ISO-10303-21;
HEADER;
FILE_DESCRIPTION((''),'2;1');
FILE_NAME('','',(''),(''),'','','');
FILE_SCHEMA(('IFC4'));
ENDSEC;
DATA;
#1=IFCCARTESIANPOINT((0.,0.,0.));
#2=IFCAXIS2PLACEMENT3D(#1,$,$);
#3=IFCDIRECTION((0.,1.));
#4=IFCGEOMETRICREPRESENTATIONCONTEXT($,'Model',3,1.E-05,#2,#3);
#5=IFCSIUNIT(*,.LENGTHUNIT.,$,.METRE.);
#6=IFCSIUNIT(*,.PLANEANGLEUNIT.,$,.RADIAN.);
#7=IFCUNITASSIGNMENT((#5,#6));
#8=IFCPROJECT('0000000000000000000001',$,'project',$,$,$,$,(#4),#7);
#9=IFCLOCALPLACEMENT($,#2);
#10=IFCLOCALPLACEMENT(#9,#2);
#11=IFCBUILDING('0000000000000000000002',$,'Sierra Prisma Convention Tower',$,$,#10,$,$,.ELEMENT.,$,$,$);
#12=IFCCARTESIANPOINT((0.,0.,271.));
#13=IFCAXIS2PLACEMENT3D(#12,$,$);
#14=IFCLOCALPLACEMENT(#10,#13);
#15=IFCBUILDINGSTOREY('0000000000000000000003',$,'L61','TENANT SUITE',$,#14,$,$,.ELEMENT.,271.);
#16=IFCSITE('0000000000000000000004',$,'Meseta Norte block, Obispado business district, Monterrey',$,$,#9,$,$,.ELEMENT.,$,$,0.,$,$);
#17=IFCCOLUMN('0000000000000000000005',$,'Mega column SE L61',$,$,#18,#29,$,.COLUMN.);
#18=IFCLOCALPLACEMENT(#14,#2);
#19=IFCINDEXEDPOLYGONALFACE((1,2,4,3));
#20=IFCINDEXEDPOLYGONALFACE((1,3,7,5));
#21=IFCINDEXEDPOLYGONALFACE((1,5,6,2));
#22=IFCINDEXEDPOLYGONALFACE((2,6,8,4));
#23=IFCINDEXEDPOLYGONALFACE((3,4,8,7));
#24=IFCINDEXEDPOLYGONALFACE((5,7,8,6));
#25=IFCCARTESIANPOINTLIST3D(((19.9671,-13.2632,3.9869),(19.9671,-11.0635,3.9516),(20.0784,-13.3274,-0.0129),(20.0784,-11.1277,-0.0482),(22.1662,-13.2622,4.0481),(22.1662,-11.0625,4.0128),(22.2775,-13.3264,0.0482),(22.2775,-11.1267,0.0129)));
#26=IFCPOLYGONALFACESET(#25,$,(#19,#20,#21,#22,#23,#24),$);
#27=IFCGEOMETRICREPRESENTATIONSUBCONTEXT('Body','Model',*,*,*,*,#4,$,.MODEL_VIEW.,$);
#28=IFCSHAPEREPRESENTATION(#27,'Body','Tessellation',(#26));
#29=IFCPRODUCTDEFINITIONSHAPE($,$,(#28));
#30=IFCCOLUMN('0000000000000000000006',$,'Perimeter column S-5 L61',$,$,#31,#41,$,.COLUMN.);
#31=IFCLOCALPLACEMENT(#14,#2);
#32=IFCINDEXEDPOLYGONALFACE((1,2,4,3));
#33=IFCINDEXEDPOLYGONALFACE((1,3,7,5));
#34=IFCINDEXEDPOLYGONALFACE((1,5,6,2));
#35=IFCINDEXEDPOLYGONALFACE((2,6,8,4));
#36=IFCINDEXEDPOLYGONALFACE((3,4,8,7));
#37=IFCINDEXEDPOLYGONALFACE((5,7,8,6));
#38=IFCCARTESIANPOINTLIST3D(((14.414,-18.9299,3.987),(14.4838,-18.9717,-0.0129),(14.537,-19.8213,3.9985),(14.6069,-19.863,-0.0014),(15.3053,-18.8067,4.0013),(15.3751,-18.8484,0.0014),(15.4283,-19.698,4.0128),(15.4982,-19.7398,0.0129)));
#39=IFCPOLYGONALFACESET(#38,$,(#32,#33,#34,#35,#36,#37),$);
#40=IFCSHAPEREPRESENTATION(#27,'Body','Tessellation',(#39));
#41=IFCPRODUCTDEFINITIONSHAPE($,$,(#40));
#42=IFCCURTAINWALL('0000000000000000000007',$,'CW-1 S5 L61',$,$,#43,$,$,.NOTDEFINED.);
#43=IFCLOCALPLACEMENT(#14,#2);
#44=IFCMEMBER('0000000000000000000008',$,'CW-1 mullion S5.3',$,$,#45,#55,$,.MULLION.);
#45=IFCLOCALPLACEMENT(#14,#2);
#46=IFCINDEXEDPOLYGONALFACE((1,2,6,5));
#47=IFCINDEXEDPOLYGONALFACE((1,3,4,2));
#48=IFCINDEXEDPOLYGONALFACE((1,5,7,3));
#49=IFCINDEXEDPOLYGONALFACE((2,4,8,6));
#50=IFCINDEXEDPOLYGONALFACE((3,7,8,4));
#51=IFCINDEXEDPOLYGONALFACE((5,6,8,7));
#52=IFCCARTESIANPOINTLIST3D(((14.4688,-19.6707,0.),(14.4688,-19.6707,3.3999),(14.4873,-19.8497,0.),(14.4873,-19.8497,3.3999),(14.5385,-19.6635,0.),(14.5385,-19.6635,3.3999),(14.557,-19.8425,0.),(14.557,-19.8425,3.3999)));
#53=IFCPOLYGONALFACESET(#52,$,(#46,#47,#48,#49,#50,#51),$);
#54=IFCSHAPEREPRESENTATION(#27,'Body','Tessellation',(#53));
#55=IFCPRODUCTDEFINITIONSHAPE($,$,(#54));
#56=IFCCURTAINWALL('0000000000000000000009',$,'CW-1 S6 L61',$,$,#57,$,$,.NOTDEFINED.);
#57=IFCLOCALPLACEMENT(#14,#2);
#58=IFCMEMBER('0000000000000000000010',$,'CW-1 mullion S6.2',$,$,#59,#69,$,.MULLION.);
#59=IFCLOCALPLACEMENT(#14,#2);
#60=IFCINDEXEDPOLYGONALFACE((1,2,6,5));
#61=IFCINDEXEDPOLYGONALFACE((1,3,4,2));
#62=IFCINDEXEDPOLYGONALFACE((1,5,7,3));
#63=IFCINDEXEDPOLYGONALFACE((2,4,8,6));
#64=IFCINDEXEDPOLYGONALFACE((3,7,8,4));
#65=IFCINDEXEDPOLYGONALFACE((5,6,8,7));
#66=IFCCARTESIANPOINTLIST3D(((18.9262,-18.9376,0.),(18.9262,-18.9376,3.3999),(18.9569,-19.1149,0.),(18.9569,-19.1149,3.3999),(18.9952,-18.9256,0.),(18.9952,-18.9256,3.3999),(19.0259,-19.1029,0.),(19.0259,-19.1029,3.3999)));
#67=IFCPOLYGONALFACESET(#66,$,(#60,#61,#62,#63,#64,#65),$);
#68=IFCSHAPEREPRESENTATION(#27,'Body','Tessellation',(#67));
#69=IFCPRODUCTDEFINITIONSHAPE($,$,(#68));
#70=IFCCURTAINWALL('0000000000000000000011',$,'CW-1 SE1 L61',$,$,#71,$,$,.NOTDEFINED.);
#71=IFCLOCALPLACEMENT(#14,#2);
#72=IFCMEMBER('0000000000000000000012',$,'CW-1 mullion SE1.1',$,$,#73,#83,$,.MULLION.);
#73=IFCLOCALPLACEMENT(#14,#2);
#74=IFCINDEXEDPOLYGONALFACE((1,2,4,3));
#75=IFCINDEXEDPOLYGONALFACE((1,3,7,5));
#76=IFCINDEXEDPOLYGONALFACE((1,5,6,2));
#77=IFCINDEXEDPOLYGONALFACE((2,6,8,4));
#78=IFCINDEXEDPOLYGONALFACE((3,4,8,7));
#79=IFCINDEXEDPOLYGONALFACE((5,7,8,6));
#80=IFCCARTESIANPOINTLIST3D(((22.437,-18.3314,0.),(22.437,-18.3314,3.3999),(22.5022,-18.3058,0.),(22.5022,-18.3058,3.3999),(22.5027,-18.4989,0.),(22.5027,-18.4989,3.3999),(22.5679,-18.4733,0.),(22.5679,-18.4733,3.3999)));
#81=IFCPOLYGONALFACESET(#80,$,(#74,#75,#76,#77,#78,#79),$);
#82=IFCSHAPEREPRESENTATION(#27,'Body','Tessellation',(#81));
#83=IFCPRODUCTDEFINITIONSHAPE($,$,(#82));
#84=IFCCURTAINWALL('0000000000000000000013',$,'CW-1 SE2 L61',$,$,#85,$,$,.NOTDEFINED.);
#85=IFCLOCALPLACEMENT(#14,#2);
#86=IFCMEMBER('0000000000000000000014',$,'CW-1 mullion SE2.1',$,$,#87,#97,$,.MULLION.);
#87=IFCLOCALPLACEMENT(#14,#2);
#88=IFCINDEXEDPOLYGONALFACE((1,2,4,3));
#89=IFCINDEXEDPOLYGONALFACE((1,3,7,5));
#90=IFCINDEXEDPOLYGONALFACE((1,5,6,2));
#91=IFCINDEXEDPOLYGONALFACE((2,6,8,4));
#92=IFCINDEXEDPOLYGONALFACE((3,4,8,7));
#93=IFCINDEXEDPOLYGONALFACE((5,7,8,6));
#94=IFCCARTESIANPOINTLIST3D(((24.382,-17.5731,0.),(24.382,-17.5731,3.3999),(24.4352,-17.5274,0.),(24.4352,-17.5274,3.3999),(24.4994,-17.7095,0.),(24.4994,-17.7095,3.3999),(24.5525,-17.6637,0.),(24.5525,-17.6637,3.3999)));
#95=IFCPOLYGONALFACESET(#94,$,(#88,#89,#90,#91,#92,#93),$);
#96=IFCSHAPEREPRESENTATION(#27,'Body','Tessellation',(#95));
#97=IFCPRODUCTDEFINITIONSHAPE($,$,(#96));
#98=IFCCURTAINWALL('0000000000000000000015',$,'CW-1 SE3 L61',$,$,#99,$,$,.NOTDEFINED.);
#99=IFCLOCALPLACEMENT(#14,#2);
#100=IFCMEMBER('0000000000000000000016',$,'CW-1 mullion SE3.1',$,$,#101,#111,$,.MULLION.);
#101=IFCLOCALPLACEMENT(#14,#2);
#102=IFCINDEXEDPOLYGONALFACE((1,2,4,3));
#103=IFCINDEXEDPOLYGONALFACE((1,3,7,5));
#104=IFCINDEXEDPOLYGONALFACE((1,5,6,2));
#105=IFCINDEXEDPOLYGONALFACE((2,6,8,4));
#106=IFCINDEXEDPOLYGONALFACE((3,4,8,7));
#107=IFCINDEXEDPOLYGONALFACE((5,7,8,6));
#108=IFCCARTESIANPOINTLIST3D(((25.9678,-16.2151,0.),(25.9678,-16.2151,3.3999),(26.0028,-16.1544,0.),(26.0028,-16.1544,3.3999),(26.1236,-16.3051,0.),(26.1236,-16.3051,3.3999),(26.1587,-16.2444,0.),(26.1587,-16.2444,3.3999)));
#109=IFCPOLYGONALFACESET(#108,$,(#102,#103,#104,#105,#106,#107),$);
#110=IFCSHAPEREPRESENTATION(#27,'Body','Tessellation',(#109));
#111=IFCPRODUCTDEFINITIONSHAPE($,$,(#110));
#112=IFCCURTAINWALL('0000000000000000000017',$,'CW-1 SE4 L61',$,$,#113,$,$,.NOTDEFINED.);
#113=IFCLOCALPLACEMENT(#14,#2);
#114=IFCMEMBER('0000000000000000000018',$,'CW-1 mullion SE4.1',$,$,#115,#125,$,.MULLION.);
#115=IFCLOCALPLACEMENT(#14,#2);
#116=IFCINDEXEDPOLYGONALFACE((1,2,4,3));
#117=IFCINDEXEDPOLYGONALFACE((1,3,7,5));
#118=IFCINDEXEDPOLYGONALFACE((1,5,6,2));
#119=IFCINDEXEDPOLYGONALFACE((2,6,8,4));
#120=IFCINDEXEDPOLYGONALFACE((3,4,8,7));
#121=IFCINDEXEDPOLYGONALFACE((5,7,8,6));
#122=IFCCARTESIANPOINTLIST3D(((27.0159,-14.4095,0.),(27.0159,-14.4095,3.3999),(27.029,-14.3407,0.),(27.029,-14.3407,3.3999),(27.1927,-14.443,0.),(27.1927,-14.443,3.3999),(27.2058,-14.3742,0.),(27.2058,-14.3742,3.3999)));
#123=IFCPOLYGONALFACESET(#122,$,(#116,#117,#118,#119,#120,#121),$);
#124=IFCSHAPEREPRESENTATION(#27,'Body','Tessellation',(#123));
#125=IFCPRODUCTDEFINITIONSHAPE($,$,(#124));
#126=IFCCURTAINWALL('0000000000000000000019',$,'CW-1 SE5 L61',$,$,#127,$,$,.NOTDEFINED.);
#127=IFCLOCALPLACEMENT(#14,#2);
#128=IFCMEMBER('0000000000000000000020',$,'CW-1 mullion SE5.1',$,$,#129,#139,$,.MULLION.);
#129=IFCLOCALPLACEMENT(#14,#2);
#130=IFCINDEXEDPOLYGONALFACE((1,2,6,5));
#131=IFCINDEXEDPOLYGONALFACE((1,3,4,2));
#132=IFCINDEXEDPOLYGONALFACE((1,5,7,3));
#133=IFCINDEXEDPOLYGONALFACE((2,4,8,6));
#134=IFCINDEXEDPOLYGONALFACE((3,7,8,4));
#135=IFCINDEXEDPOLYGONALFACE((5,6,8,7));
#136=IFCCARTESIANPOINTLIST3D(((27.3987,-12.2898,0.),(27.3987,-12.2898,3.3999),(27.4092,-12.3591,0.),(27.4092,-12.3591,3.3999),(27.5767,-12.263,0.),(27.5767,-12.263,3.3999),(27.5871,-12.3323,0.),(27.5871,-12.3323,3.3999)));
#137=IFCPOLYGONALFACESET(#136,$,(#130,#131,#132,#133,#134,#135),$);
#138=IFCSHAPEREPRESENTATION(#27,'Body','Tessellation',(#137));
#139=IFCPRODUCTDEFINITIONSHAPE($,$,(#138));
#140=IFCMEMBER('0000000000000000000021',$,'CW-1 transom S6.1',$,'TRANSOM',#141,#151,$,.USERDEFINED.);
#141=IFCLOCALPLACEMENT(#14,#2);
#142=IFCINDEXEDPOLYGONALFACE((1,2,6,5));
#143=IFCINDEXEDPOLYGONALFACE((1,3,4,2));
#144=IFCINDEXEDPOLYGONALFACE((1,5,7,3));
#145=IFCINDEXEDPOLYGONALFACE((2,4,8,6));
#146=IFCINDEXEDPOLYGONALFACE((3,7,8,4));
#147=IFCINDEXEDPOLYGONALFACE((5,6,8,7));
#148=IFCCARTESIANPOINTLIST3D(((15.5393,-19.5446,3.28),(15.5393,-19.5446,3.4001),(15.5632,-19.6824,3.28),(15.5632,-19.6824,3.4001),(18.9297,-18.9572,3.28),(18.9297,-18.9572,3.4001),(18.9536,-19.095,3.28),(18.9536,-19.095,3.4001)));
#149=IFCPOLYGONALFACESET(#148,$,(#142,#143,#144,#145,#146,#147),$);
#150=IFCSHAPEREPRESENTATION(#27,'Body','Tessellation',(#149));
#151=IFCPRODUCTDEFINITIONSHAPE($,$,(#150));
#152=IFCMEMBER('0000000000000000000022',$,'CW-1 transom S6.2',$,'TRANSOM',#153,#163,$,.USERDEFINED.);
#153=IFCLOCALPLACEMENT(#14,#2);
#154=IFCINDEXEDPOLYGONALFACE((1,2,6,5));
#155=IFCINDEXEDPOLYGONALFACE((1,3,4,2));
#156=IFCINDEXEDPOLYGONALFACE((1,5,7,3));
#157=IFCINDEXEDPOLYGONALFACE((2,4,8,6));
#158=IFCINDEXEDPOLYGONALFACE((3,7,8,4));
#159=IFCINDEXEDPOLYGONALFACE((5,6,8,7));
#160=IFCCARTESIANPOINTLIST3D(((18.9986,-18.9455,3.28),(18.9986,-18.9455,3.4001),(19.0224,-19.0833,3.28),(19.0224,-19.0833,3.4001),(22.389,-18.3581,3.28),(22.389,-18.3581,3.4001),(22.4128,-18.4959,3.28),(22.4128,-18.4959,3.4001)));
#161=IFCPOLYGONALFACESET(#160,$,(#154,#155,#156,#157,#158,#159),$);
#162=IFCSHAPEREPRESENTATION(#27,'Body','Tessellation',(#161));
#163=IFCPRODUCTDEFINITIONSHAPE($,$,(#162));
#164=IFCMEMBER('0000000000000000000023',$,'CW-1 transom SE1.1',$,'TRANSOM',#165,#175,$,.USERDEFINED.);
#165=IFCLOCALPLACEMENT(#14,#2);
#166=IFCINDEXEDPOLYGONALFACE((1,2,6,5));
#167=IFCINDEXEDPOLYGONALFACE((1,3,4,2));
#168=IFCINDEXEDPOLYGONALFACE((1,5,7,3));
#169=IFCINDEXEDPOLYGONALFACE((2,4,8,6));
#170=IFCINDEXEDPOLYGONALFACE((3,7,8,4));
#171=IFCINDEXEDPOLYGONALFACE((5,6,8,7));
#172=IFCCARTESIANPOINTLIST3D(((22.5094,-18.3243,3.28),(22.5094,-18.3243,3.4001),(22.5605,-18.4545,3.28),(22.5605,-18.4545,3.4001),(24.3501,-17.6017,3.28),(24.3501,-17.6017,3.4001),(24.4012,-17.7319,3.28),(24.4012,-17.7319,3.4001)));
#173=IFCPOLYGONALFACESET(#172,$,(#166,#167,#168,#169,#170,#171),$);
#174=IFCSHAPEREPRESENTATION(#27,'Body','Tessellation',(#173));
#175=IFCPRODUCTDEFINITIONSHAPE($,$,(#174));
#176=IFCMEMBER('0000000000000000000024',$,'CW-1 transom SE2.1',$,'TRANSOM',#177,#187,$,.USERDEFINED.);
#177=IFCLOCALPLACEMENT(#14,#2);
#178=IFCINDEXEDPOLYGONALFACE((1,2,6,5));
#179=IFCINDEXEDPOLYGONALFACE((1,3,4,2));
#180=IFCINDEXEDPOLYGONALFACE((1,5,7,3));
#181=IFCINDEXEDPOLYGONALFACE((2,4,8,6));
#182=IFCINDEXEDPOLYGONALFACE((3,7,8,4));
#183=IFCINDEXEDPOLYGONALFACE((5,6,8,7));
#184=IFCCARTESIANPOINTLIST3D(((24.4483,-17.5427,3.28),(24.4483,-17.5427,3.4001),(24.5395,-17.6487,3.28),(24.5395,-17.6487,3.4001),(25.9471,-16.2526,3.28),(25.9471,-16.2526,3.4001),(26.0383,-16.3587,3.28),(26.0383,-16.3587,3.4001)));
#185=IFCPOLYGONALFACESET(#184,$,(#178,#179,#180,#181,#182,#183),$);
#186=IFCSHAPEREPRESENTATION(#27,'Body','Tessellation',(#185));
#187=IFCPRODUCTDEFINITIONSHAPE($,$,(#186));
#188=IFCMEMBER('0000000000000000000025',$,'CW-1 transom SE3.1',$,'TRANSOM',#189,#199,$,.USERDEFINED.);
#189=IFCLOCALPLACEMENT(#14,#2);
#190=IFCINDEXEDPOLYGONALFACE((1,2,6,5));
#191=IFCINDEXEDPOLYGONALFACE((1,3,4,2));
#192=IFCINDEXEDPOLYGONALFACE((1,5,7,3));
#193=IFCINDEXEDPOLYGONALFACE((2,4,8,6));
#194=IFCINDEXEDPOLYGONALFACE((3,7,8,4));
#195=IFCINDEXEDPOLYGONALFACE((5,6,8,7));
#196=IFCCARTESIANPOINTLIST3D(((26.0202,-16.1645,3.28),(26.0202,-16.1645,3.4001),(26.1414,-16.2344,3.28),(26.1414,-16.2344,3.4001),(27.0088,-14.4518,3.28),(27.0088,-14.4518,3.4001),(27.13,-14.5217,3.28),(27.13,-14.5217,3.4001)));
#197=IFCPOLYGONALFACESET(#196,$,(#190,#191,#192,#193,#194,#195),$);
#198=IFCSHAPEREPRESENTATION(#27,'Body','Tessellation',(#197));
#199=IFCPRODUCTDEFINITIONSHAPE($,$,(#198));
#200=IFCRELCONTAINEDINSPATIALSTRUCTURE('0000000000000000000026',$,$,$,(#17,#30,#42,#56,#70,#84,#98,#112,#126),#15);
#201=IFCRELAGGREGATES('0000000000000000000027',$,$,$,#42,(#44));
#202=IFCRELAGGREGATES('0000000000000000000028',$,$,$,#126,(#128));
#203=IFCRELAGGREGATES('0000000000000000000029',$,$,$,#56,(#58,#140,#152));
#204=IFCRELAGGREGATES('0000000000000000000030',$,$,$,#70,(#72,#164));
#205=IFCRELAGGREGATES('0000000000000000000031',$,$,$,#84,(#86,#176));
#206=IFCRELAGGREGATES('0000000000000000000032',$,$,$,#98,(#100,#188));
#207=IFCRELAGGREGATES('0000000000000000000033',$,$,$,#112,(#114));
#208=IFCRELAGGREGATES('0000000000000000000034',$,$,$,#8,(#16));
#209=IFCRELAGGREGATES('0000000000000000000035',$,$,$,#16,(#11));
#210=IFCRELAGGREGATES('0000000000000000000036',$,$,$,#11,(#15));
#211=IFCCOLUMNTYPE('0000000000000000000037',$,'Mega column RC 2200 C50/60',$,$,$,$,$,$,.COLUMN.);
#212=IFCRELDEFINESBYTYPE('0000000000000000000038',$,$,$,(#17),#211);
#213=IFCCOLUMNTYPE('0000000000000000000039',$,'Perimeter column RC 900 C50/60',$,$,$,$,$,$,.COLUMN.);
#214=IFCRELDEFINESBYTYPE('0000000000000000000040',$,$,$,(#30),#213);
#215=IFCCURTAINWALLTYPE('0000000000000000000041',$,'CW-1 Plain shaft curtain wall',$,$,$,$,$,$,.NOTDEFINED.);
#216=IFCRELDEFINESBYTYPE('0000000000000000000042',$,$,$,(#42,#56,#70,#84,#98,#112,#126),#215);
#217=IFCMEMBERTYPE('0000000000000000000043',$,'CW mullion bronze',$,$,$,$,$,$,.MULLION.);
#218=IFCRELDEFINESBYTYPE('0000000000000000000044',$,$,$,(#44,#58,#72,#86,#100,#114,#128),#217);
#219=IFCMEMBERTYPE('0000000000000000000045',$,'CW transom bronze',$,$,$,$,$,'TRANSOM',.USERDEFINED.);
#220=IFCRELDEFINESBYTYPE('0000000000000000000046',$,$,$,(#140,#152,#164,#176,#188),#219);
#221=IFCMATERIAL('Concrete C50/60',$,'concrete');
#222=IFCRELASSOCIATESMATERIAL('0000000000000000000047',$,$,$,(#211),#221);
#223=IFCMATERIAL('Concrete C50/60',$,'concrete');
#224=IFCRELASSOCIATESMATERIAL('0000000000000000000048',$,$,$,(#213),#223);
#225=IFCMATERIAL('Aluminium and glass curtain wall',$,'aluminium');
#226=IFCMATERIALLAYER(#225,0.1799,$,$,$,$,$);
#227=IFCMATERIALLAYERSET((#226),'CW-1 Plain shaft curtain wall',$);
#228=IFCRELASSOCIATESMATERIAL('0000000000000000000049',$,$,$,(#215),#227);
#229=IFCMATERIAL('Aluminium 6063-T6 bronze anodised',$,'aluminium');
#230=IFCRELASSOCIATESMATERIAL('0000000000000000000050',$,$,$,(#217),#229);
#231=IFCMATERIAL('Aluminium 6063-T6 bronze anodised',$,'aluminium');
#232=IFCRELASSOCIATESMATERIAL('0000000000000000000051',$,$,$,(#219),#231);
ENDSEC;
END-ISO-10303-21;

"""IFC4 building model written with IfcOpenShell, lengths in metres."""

from ifc_helpers import new_model, si_unit, direction, frame, origin, origin_2d, place, context, subcontext, project, spatial, rectangle, extrude, material, layer, layer_set, material_profile, profile_set, type_object, element, aggregate, save


model = new_model("IFC4")

# Units and contexts
model_context = context("Model", 3, precision=1e-05, world=origin(), true_north=direction((0.0, 1.0)))
body_context = subcontext(model_context, "Body", "Model", "MODEL_VIEW")
ifc_project = project(units=[si_unit("LENGTHUNIT", "METRE"), si_unit("PLANEANGLEUNIT", "RADIAN")], contexts=[model_context])

# Site, building, storey
site_placement = place(None, origin())
site = spatial("IfcSite", under=ifc_project, at=site_placement, Name="Meseta Norte block, Obispado business district, Monterrey", CompositionType="ELEMENT", RefElevation=0.0)
building_placement = place(site_placement, origin())
building = spatial("IfcBuilding", under=site, at=building_placement, Name="Sierra Prisma Convention Tower", CompositionType="ELEMENT")
storey_placement = place(building_placement, frame((0.0, 0.0, 271.0)))
storey = spatial("IfcBuildingStorey", under=building, at=storey_placement, Name="L61", Description="TENANT SUITE", CompositionType="ELEMENT", Elevation=271.0)

# Columns
ifc_material_1 = material(Name="Concrete C50/60", Category="concrete")
ifc_material_profile_1 = material_profile(ifc_material_1, rectangle(XDim=2.2, YDim=2.2, at=origin_2d()), Name="Mega column RC 2200 C50/60")
ifc_profile_set_1 = profile_set([ifc_material_profile_1], Name="Concrete C50/60")
column_type_1 = type_object("IfcColumnType", Name="Mega column RC 2200 C50/60", PredefinedType="COLUMN", material=ifc_profile_set_1)
column_1_placement = place(storey_placement, frame((21.178, -12.2271, 0.0), z_axis=(-0.027818, 0.016044, 0.999484), x_axis=(0.999613, 0.000446, 0.027814)))
element("IfcColumn", 1, at=column_1_placement, inside=storey, type_object=column_type_1, Name="Mega column SE L61", PredefinedType="COLUMN", context=body_context, shape_type="SweptSolid", body=[
    extrude(rectangle(XDim=2.2, YDim=2.2, at=origin_2d()), origin(), (0.0, 0.0, 1.0), 4.002),
])
ifc_material_2 = material(Name="Concrete C50/60", Category="concrete")
ifc_material_profile_2 = material_profile(ifc_material_2, rectangle(XDim=0.8999, YDim=0.8999, at=origin_2d()), Name="Perimeter column RC 900 C50/60")
ifc_profile_set_2 = profile_set([ifc_material_profile_2], Name="Concrete C50/60")
column_type_2 = type_object("IfcColumnType", Name="Perimeter column RC 900 C50/60", PredefinedType="COLUMN", material=ifc_profile_set_2)
column_2_placement = place(storey_placement, frame((14.991, -19.3557, 0.0), z_axis=(-0.017452, 0.010435, 0.999793), x_axis=(0.99045, 0.136961, 0.01586)))
element("IfcColumn", 2, at=column_2_placement, inside=storey, type_object=column_type_2, Name="Perimeter column S-5 L61", PredefinedType="COLUMN", context=body_context, shape_type="SweptSolid", body=[
    extrude(rectangle(XDim=0.8999, YDim=0.8999, at=origin_2d()), origin(), (0.0, 0.0, 1.0), 4.0007),
])

# Curtain walls, members
ifc_material_3 = material(Name="Aluminium and glass curtain wall", Category="aluminium")
ifc_layer_1 = layer(ifc_material_3, 0.1799)
ifc_layer_set_1 = layer_set([ifc_layer_1], Name="CW-1 Plain shaft curtain wall")
curtain_wall_type = type_object("IfcCurtainWallType", Name="CW-1 Plain shaft curtain wall", PredefinedType="NOTDEFINED", material=ifc_layer_set_1)
curtain_wall_1_placement = place(storey_placement, origin())
curtain_wall_1 = element("IfcCurtainWall", 3, at=curtain_wall_1_placement, inside=storey, type_object=curtain_wall_type, Name="CW-1 S5 L61", PredefinedType="NOTDEFINED")
ifc_material_4 = material(Name="Aluminium 6063-T6 bronze anodised", Category="aluminium")
ifc_material_profile_3 = material_profile(ifc_material_4, rectangle(XDim=0.1799, YDim=0.0701, at=origin_2d()), Name="ALU MULLION 70x180")
ifc_profile_set_3 = profile_set([ifc_material_profile_3], Name="Aluminium 6063-T6 bronze anodised")
member_type_1 = type_object("IfcMemberType", Name="CW mullion bronze", PredefinedType="MULLION", material=ifc_profile_set_3)
member_1_placement = place(storey_placement, frame((14.5129, -19.7566, 0.0), z_axis=(0.0, 0.0, 1.0), x_axis=(-0.102732, 0.994709, 0.0)))
member_1 = element("IfcMember", 4, at=member_1_placement, type_object=member_type_1, Name="CW-1 mullion S5.3", PredefinedType="MULLION", context=body_context, shape_type="SweptSolid", body=[
    extrude(rectangle(XDim=0.1799, YDim=0.0701, at=origin_2d()), origin(), (0.0, 0.0, 1.0), 3.3999),
])
aggregate(curtain_wall_1, [member_1])
curtain_wall_2_placement = place(storey_placement, origin())
curtain_wall_2 = element("IfcCurtainWall", 5, at=curtain_wall_2_placement, inside=storey, type_object=curtain_wall_type, Name="CW-1 S6 L61", PredefinedType="NOTDEFINED")
member_2_placement = place(storey_placement, frame((18.9761, -19.0203, 0.0), z_axis=(0.0, 0.0, 1.0), x_axis=(-0.170683, 0.985326, 0.0)))
member_2 = element("IfcMember", 6, at=member_2_placement, type_object=member_type_1, Name="CW-1 mullion S6.2", PredefinedType="MULLION", context=body_context, shape_type="SweptSolid", body=[
    extrude(rectangle(XDim=0.1799, YDim=0.0701, at=origin_2d()), origin(), (0.0, 0.0, 1.0), 3.3999),
])
curtain_wall_3_placement = place(storey_placement, origin())
curtain_wall_3 = element("IfcCurtainWall", 7, at=curtain_wall_3_placement, inside=storey, type_object=curtain_wall_type, Name="CW-1 SE1 L61", PredefinedType="NOTDEFINED")
member_3_placement = place(storey_placement, frame((22.5024, -18.4023, 0.0), z_axis=(0.0, 0.0, 1.0), x_axis=(-0.365436, 0.930836, 0.0)))
member_3 = element("IfcMember", 8, at=member_3_placement, type_object=member_type_1, Name="CW-1 mullion SE1.1", PredefinedType="MULLION", context=body_context, shape_type="SweptSolid", body=[
    extrude(rectangle(XDim=0.1799, YDim=0.0701, at=origin_2d()), origin(), (0.0, 0.0, 1.0), 3.3999),
])
curtain_wall_4_placement = place(storey_placement, origin())
curtain_wall_4 = element("IfcCurtainWall", 9, at=curtain_wall_4_placement, inside=storey, type_object=curtain_wall_type, Name="CW-1 SE2 L61", PredefinedType="NOTDEFINED")
member_4_placement = place(storey_placement, frame((24.4673, -17.6184, 0.0), z_axis=(0.0, 0.0, 1.0), x_axis=(-0.652326, 0.757938, 0.0)))
member_4 = element("IfcMember", 10, at=member_4_placement, type_object=member_type_1, Name="CW-1 mullion SE2.1", PredefinedType="MULLION", context=body_context, shape_type="SweptSolid", body=[
    extrude(rectangle(XDim=0.1799, YDim=0.0701, at=origin_2d()), origin(), (0.0, 0.0, 1.0), 3.3999),
])
curtain_wall_5_placement = place(storey_placement, origin())
curtain_wall_5 = element("IfcCurtainWall", 11, at=curtain_wall_5_placement, inside=storey, type_object=curtain_wall_type, Name="CW-1 SE3 L61", PredefinedType="NOTDEFINED")
member_5_placement = place(storey_placement, frame((26.0632, -16.2297, 0.0), z_axis=(0.0, 0.0, 1.0), x_axis=(-0.866025, 0.5, 0.0)))
member_5 = element("IfcMember", 12, at=member_5_placement, type_object=member_type_1, Name="CW-1 mullion SE3.1", PredefinedType="MULLION", context=body_context, shape_type="SweptSolid", body=[
    extrude(rectangle(XDim=0.1799, YDim=0.0701, at=origin_2d()), origin(), (0.0, 0.0, 1.0), 3.3999),
])
curtain_wall_6_placement = place(storey_placement, origin())
curtain_wall_6 = element("IfcCurtainWall", 13, at=curtain_wall_6_placement, inside=storey, type_object=curtain_wall_type, Name="CW-1 SE4 L61", PredefinedType="NOTDEFINED")
member_6_placement = place(storey_placement, frame((27.1108, -14.3918, 0.0), z_axis=(0.0, 0.0, 1.0), x_axis=(-0.982557, 0.185962, 0.0)))
member_6 = element("IfcMember", 14, at=member_6_placement, type_object=member_type_1, Name="CW-1 mullion SE4.1", PredefinedType="MULLION", context=body_context, shape_type="SweptSolid", body=[
    extrude(rectangle(XDim=0.1799, YDim=0.0701, at=origin_2d()), origin(), (0.0, 0.0, 1.0), 3.3999),
])
curtain_wall_7_placement = place(storey_placement, origin())
curtain_wall_7 = element("IfcCurtainWall", 15, at=curtain_wall_7_placement, inside=storey, type_object=curtain_wall_type, Name="CW-1 SE5 L61", PredefinedType="NOTDEFINED")
member_7_placement = place(storey_placement, frame((27.4929, -12.311, 0.0), z_axis=(0.0, 0.0, 1.0), x_axis=(-0.988846, -0.148941, 0.0)))
member_7 = element("IfcMember", 16, at=member_7_placement, type_object=member_type_1, Name="CW-1 mullion SE5.1", PredefinedType="MULLION", context=body_context, shape_type="SweptSolid", body=[
    extrude(rectangle(XDim=0.1799, YDim=0.0701, at=origin_2d()), origin(), (0.0, 0.0, 1.0), 3.3999),
])

# Members
ifc_material_5 = material(Name="Aluminium 6063-T6 bronze anodised", Category="aluminium")
ifc_material_profile_4 = material_profile(ifc_material_5, rectangle(XDim=0.1399, YDim=0.1201, at=origin_2d()), Name="ALU TRANSOM 120x140")
ifc_profile_set_4 = profile_set([ifc_material_profile_4], Name="Aluminium 6063-T6 bronze anodised")
member_type_2 = type_object("IfcMemberType", Name="CW transom bronze", ElementType="TRANSOM", PredefinedType="USERDEFINED", material=ifc_profile_set_4)
member_8_placement = place(storey_placement, frame((15.5513, -19.6135, 3.3401), z_axis=(0.985321, 0.170712, 0.0), x_axis=(-0.170712, 0.985321, 0.0)))
member_8 = element("IfcMember", 17, at=member_8_placement, type_object=member_type_2, Name="CW-1 transom S6.1", ObjectType="TRANSOM", PredefinedType="USERDEFINED", context=body_context, shape_type="SweptSolid", body=[
    extrude(rectangle(XDim=0.1399, YDim=0.1201, at=origin_2d()), origin(), (0.0, 0.0, 1.0), 3.4409),
])
member_9_placement = place(storey_placement, frame((19.0105, -19.0144, 3.3401), z_axis=(0.985321, 0.170712, 0.0), x_axis=(-0.170712, 0.985321, 0.0)))
member_9 = element("IfcMember", 18, at=member_9_placement, type_object=member_type_2, Name="CW-1 transom S6.2", ObjectType="TRANSOM", PredefinedType="USERDEFINED", context=body_context, shape_type="SweptSolid", body=[
    extrude(rectangle(XDim=0.1399, YDim=0.1201, at=origin_2d()), origin(), (0.0, 0.0, 1.0), 3.4409),
])
member_10_placement = place(storey_placement, frame((22.5349, -18.3894, 3.3401), z_axis=(0.930841, 0.365423, 0.0), x_axis=(-0.365423, 0.930841, 0.0)))
member_10 = element("IfcMember", 19, at=member_10_placement, type_object=member_type_2, Name="CW-1 transom SE1.1", ObjectType="TRANSOM", PredefinedType="USERDEFINED", context=body_context, shape_type="SweptSolid", body=[
    extrude(rectangle(XDim=0.1399, YDim=0.1201, at=origin_2d()), origin(), (0.0, 0.0, 1.0), 1.9775),
])
member_11_placement = place(storey_placement, frame((24.4939, -17.5957, 3.3401), z_axis=(0.757913, 0.652356, 0.0), x_axis=(-0.652356, 0.757913, 0.0)))
member_11 = element("IfcMember", 20, at=member_11_placement, type_object=member_type_2, Name="CW-1 transom SE2.1", ObjectType="TRANSOM", PredefinedType="USERDEFINED", context=body_context, shape_type="SweptSolid", body=[
    extrude(rectangle(XDim=0.1399, YDim=0.1201, at=origin_2d()), origin(), (0.0, 0.0, 1.0), 1.9775),
])
member_12_placement = place(storey_placement, frame((26.0808, -16.1995, 3.3401), z_axis=(0.499897, 0.866085, 0.0), x_axis=(-0.866085, 0.499897, 0.0)))
member_12 = element("IfcMember", 21, at=member_12_placement, type_object=member_type_2, Name="CW-1 transom SE3.1", ObjectType="TRANSOM", PredefinedType="USERDEFINED", context=body_context, shape_type="SweptSolid", body=[
    extrude(rectangle(XDim=0.1399, YDim=0.1201, at=origin_2d()), origin(), (0.0, 0.0, 1.0), 1.9775),
])
aggregate(curtain_wall_7, [member_7])

aggregate(curtain_wall_2, [member_2, member_8, member_9])
aggregate(curtain_wall_3, [member_3, member_10])
aggregate(curtain_wall_4, [member_4, member_11])
aggregate(curtain_wall_5, [member_5, member_12])
aggregate(curtain_wall_6, [member_6])

save(model, "model.ifc")
